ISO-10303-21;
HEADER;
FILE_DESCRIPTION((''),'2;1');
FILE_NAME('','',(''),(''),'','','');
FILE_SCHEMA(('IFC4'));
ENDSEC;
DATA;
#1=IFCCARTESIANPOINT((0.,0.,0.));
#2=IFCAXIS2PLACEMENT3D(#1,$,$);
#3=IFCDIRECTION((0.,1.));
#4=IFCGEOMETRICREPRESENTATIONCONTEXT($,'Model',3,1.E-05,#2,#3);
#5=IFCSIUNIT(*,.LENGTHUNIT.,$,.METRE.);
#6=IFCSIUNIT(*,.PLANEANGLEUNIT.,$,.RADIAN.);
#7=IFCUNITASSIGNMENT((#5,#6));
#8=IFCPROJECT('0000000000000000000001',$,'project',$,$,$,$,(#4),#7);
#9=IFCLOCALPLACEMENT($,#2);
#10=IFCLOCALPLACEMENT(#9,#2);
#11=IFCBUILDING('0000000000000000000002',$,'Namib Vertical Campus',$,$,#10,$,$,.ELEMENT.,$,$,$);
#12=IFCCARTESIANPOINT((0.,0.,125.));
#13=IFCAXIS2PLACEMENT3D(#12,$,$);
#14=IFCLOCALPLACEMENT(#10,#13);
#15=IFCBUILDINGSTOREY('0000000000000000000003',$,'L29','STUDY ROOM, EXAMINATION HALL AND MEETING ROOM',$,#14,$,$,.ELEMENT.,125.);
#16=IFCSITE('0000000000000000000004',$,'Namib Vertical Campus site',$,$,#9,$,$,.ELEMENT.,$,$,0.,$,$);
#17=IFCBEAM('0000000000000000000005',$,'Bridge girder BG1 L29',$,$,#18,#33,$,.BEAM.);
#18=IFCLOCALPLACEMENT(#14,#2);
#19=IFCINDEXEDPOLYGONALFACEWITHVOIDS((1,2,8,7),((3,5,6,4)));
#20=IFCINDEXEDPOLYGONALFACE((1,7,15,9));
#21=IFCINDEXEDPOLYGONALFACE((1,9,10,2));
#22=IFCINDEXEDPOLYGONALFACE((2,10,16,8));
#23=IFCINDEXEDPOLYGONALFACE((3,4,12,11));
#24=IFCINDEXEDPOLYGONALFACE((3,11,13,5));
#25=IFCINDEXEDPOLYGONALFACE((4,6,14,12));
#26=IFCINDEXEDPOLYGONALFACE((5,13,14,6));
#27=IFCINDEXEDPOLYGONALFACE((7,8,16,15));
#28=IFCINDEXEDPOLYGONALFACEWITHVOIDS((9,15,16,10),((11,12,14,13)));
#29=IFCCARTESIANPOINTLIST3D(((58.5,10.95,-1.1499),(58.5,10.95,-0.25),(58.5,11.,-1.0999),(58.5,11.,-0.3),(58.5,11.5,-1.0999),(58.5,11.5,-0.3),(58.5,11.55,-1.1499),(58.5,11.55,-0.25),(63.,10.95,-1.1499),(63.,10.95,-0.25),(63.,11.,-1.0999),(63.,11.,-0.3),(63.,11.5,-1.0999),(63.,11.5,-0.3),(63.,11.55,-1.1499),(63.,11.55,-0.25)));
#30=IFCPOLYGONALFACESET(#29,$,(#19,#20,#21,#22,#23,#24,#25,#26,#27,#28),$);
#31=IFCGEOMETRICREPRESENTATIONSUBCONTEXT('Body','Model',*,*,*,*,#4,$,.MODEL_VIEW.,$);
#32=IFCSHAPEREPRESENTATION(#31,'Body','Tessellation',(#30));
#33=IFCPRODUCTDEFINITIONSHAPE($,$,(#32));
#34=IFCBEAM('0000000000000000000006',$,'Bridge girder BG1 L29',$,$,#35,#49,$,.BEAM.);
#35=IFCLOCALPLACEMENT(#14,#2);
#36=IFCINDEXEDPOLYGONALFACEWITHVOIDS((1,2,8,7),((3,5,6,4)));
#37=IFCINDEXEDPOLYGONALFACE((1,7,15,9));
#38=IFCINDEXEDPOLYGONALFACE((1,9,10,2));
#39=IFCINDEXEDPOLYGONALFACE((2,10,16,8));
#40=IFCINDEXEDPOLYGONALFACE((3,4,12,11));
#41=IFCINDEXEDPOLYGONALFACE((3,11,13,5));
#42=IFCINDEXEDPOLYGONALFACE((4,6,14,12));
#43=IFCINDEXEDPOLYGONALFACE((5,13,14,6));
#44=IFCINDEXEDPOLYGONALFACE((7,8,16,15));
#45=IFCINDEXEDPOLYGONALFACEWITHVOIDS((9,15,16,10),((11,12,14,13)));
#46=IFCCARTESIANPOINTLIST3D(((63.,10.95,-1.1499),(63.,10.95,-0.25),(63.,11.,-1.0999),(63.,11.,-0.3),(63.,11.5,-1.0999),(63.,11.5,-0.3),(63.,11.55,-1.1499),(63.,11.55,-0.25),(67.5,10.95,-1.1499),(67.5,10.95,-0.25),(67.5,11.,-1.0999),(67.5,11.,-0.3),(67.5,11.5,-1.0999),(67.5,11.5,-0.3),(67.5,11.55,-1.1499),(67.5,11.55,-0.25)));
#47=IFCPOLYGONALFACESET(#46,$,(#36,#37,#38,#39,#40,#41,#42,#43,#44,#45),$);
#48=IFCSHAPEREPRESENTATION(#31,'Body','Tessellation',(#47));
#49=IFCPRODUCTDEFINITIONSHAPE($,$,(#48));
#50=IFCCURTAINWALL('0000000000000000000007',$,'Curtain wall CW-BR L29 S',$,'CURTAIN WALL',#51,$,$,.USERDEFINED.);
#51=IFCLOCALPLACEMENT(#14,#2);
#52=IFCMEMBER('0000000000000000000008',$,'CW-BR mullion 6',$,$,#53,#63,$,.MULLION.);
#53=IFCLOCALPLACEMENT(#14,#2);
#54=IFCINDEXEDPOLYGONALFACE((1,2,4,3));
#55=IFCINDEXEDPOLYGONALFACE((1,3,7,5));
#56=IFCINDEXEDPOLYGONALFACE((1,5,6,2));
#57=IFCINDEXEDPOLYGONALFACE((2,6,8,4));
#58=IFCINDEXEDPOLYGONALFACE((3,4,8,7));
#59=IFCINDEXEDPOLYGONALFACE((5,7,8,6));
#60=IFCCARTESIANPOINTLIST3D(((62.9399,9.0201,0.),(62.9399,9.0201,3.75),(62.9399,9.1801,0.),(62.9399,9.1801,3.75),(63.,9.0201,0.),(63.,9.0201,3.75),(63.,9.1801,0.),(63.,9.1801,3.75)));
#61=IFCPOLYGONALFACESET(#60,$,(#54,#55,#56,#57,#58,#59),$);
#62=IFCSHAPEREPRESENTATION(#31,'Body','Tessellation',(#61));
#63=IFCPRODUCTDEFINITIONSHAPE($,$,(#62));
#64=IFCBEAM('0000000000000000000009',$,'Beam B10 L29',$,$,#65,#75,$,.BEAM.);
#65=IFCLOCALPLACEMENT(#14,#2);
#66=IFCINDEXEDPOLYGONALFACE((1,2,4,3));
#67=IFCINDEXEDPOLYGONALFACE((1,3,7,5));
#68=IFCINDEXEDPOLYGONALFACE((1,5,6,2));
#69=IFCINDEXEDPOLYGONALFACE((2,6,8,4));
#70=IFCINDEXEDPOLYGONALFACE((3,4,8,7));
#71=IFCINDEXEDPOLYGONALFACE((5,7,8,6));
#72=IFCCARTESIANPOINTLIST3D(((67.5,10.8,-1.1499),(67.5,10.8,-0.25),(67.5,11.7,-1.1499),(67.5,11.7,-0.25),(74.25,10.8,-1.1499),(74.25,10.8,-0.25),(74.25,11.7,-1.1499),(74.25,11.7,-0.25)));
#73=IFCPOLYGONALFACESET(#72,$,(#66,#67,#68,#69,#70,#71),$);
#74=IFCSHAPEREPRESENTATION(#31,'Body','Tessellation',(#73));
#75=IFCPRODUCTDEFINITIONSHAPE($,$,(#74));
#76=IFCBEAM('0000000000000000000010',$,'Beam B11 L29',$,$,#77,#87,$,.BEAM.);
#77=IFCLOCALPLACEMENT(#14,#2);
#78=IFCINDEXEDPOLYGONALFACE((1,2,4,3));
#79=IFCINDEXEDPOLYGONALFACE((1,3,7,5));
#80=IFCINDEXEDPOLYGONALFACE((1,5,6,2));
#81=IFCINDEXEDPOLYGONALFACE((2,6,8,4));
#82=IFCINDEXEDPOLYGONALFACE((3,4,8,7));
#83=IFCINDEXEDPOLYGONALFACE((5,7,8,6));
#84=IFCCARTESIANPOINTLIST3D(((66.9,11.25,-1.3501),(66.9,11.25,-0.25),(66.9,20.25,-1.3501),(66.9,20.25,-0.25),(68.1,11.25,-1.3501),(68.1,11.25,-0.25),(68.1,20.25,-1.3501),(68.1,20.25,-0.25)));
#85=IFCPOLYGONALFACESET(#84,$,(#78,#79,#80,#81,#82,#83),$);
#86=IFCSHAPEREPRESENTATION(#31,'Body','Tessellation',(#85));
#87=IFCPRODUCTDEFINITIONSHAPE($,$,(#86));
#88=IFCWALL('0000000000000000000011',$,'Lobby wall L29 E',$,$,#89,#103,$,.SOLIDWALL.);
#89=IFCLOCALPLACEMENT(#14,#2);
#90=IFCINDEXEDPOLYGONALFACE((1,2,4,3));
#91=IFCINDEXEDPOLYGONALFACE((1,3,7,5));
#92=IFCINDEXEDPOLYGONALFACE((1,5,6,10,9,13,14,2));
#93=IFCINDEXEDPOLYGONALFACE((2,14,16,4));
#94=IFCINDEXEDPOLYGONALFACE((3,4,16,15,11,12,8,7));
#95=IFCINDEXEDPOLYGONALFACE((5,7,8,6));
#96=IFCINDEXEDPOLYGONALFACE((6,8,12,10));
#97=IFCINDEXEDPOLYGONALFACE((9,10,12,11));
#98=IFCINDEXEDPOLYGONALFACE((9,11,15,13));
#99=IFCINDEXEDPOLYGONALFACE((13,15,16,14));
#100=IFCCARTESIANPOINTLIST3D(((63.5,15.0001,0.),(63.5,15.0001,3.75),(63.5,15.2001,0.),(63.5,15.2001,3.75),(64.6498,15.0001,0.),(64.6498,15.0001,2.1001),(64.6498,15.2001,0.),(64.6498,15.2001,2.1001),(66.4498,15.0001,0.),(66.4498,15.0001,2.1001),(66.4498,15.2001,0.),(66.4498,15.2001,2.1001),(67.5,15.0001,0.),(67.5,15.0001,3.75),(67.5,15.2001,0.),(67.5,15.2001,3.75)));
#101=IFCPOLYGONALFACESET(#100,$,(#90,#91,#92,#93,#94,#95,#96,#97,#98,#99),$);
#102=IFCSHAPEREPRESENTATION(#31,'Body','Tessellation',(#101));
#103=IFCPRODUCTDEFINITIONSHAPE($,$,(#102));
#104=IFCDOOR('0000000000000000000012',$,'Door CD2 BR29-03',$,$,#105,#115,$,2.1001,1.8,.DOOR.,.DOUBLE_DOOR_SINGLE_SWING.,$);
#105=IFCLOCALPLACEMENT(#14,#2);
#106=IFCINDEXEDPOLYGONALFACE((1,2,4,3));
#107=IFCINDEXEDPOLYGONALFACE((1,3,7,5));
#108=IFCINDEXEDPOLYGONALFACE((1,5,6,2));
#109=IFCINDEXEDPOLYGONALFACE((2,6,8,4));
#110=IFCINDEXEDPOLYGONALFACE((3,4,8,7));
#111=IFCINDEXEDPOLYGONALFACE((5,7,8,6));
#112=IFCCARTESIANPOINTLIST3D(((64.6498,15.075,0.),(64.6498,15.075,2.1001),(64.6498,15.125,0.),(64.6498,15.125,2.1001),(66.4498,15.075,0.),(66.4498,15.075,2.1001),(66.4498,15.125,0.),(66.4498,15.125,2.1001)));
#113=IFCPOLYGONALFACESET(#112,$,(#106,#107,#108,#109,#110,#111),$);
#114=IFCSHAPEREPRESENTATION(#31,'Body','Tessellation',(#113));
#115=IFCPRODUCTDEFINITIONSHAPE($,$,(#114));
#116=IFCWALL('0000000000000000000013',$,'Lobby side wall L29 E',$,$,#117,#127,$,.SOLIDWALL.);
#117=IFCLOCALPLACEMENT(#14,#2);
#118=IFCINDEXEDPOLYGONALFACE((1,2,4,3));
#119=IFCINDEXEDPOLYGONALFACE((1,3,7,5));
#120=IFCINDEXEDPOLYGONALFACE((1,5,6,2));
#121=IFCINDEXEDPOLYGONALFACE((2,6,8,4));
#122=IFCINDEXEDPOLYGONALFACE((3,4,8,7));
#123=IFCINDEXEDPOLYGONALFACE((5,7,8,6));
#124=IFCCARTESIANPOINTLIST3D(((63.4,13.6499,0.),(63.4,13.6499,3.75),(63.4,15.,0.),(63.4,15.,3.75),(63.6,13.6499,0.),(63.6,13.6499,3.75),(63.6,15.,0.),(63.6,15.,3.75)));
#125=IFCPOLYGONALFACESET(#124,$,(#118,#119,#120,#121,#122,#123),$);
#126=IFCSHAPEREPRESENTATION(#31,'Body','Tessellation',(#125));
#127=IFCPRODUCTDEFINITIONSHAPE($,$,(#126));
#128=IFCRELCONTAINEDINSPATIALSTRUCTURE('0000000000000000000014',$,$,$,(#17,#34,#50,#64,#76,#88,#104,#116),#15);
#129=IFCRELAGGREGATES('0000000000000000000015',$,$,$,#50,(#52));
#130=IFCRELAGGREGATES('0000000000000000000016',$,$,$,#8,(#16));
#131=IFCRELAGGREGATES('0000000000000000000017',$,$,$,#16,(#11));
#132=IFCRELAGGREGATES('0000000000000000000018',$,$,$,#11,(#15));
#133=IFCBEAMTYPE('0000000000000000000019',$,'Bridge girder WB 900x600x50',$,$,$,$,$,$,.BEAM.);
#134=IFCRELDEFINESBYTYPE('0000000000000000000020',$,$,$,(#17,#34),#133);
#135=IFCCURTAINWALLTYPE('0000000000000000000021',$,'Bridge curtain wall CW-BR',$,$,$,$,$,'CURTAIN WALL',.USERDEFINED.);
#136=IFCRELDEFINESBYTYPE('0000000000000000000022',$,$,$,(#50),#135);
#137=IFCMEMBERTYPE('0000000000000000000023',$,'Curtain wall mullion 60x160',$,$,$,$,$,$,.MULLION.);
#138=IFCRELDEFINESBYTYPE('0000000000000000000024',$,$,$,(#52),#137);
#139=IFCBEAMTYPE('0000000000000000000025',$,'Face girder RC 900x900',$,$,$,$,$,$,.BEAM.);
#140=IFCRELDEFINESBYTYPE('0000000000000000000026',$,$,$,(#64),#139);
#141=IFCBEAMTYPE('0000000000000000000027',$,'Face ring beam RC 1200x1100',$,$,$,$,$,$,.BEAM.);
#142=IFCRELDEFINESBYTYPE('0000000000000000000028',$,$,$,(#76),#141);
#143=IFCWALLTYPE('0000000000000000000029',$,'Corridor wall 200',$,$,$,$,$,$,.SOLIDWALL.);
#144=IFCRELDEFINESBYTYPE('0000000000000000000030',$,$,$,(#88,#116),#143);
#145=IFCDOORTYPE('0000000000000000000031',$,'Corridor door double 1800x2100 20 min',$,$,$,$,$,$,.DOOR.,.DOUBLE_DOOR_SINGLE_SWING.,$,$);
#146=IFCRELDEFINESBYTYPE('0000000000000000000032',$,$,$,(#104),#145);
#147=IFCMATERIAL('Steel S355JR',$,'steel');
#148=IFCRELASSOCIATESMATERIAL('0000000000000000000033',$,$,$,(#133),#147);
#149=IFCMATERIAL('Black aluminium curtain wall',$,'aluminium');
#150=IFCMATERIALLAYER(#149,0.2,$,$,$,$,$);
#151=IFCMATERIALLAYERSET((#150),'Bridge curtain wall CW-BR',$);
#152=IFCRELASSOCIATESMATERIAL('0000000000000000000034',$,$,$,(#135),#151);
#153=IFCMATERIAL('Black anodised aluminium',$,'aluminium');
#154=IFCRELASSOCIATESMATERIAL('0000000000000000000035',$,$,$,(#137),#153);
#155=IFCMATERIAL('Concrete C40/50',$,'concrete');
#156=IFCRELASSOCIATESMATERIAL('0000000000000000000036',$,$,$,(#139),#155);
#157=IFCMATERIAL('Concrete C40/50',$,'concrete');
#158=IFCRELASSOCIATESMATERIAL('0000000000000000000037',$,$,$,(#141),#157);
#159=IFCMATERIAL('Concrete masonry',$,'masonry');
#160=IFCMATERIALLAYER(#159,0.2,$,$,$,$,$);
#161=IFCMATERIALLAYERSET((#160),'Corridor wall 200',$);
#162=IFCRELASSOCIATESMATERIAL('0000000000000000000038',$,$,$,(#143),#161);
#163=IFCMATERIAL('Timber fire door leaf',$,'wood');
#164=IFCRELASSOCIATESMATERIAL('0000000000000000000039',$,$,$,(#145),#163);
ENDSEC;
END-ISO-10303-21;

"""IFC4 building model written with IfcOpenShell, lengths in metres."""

from ifc_helpers import new_model, si_unit, direction, frame, frame_2d, origin, origin_2d, place, context, subcontext, project, spatial, rectangle, hollow_rectangle, extrude, material, layer, layer_set, material_profile, profile_set, type_object, element, fill, aggregate, save


model = new_model("IFC4")

# Units and contexts
model_context = context("Model", 3, precision=1e-05, world=origin(), true_north=direction((0.0, 1.0)))
body_context = subcontext(model_context, "Body", "Model", "MODEL_VIEW")
ifc_project = project(units=[si_unit("LENGTHUNIT", "METRE"), si_unit("PLANEANGLEUNIT", "RADIAN")], contexts=[model_context])

# Site, building, storey
site_placement = place(None, origin())
site = spatial("IfcSite", under=ifc_project, at=site_placement, Name="Namib Vertical Campus site", CompositionType="ELEMENT", RefElevation=0.0)
building_placement = place(site_placement, origin())
building = spatial("IfcBuilding", under=site, at=building_placement, Name="Namib Vertical Campus", CompositionType="ELEMENT")
storey_placement = place(building_placement, frame((0.0, 0.0, 125.0)))
storey = spatial("IfcBuildingStorey", under=building, at=storey_placement, Name="L29", Description="STUDY ROOM, EXAMINATION HALL AND MEETING ROOM", CompositionType="ELEMENT", Elevation=125.0)

# Beams
ifc_material_1 = material(Name="Steel S355JR", Category="steel")
ifc_material_profile_1 = material_profile(ifc_material_1, hollow_rectangle(XDim=0.6001, YDim=0.8999, WallThickness=0.05, at=origin_2d()))
ifc_profile_set_1 = profile_set([ifc_material_profile_1], Name="Steel S355JR")
beam_type_1 = type_object("IfcBeamType", Name="Bridge girder WB 900x600x50", PredefinedType="BEAM", material=ifc_profile_set_1)
for number, where, z_axis, x_axis, name in (
    (1, (58.5, 11.25, -0.7), (1.0, 0.0, 0.0), (0.0, 1.0, 0.0), "Bridge girder BG1 L29"),
    (2, (63.0, 11.25, -0.7), (1.0, 0.0, 0.0), (0.0, 1.0, 0.0), "Bridge girder BG1 L29"),
):
    element("IfcBeam", number, at=place(storey_placement, frame(where, z_axis=z_axis, x_axis=x_axis)), inside=storey, type_object=beam_type_1, Name=name, PredefinedType="BEAM", context=body_context, shape_type="SweptSolid", body=[
        extrude(hollow_rectangle(XDim=0.6001, YDim=0.8999, WallThickness=0.05, at=origin_2d()), origin(), (0.0, 0.0, 1.0), 4.5),
    ])

# Curtain wall, member
ifc_material_2 = material(Name="Black aluminium curtain wall", Category="aluminium")
ifc_layer_1 = layer(ifc_material_2, 0.2)
ifc_layer_set_1 = layer_set([ifc_layer_1], Name="Bridge curtain wall CW-BR")
curtain_wall_type = type_object("IfcCurtainWallType", Name="Bridge curtain wall CW-BR", ElementType="CURTAIN WALL", PredefinedType="USERDEFINED", material=ifc_layer_set_1)
curtain_wall_placement = place(storey_placement, origin())
curtain_wall = element("IfcCurtainWall", 3, at=curtain_wall_placement, inside=storey, type_object=curtain_wall_type, Name="Curtain wall CW-BR L29 S", ObjectType="CURTAIN WALL", PredefinedType="USERDEFINED")
ifc_material_3 = material(Name="Black anodised aluminium", Category="aluminium")
ifc_material_profile_2 = material_profile(ifc_material_3, rectangle(XDim=0.0601, YDim=0.1599, at=origin_2d()))
ifc_profile_set_2 = profile_set([ifc_material_profile_2], Name="Black anodised aluminium")
member_type_1 = type_object("IfcMemberType", Name="Curtain wall mullion 60x160", PredefinedType="MULLION", material=ifc_profile_set_2)
member_placement = place(storey_placement, frame((62.97, 9.1001, 0.0), z_axis=(0.0, 0.0, 1.0), x_axis=(1.0, 0.0, 0.0)))
member = element("IfcMember", 4, at=member_placement, type_object=member_type_1, Name="CW-BR mullion 6", PredefinedType="MULLION", context=body_context, shape_type="SweptSolid", body=[
    extrude(rectangle(XDim=0.0601, YDim=0.1599, at=origin_2d()), origin(), (0.0, 0.0, 1.0), 3.75),
])
aggregate(curtain_wall, [member])

# Beams
ifc_material_4 = material(Name="Concrete C40/50", Category="concrete")
ifc_material_profile_3 = material_profile(ifc_material_4, rectangle(XDim=0.8999, YDim=0.8999, at=origin_2d()))
ifc_profile_set_3 = profile_set([ifc_material_profile_3], Name="Concrete C40/50")
beam_type_2 = type_object("IfcBeamType", Name="Face girder RC 900x900", PredefinedType="BEAM", material=ifc_profile_set_3)
beam_1_placement = place(storey_placement, frame((67.5, 11.25, -0.7), z_axis=(1.0, 0.0, 0.0), x_axis=(0.0, 1.0, 0.0)))
element("IfcBeam", 5, at=beam_1_placement, inside=storey, type_object=beam_type_2, Name="Beam B10 L29", PredefinedType="BEAM", context=body_context, shape_type="SweptSolid", body=[
    extrude(rectangle(XDim=0.8999, YDim=0.8999, at=origin_2d()), origin(), (0.0, 0.0, 1.0), 6.75),
])
ifc_material_5 = material(Name="Concrete C40/50", Category="concrete")
ifc_material_profile_4 = material_profile(ifc_material_5, rectangle(XDim=1.2, YDim=1.1001, at=origin_2d()))
ifc_profile_set_4 = profile_set([ifc_material_profile_4], Name="Concrete C40/50")
beam_type_3 = type_object("IfcBeamType", Name="Face ring beam RC 1200x1100", PredefinedType="BEAM", material=ifc_profile_set_4)
beam_2_placement = place(storey_placement, frame((67.5, 11.25, -0.8), z_axis=(0.0, 1.0, 0.0), x_axis=(-1.0, 0.0, 0.0)))
element("IfcBeam", 6, at=beam_2_placement, inside=storey, type_object=beam_type_3, Name="Beam B11 L29", PredefinedType="BEAM", context=body_context, shape_type="SweptSolid", body=[
    extrude(rectangle(XDim=1.2, YDim=1.1001, at=origin_2d()), origin(), (0.0, 0.0, 1.0), 9.0),
])

# Wall, opening, door
ifc_material_6 = material(Name="Concrete masonry", Category="masonry")
ifc_layer_2 = layer(ifc_material_6, 0.2)
ifc_layer_set_2 = layer_set([ifc_layer_2], Name="Corridor wall 200")
wall_type = type_object("IfcWallType", Name="Corridor wall 200", PredefinedType="SOLIDWALL", material=ifc_layer_set_2)
wall_1_placement = place(storey_placement, frame((63.5, 15.1001, 0.0), z_axis=(0.0, 0.0, 1.0), x_axis=(1.0, 0.0, 0.0)))
wall_1 = element("IfcWall", 7, at=wall_1_placement, inside=storey, type_object=wall_type, Name="Lobby wall L29 E", PredefinedType="SOLIDWALL", context=body_context, shape_type="SweptSolid", body=[
    extrude(rectangle(XDim=4.0, YDim=0.2, at=frame_2d((2.0, 0.0))), origin(), (0.0, 0.0, 1.0), 3.75),
])
opening_placement = place(wall_1_placement, frame((1.1499, 0.0, 0.0)))
opening = element("IfcOpeningElement", 8, at=opening_placement, cuts=wall_1, PredefinedType="OPENING", context=body_context, shape_type="SweptSolid", body=[
    extrude(rectangle(XDim=1.8, YDim=2.1001, at=frame_2d((0.8999, 1.05))), frame((0.0, 0.1099, 0.0), z_axis=(0.0, -1.0, 0.0), x_axis=(1.0, 0.0, 0.0)), (0.0, 0.0, 1.0), 0.22),
])
ifc_material_7 = material(Name="Timber fire door leaf", Category="wood")
door_type = type_object("IfcDoorType", Name="Corridor door double 1800x2100 20 min", OperationType="DOUBLE_DOOR_SINGLE_SWING", PredefinedType="DOOR", material=ifc_material_7)
door_placement = place(opening_placement, origin())
door = element("IfcDoor", 9, at=door_placement, inside=storey, type_object=door_type, Name="Door CD2 BR29-03", OperationType="DOUBLE_DOOR_SINGLE_SWING", OverallHeight=2.1001, OverallWidth=1.8, PredefinedType="DOOR", context=body_context, shape_type="SweptSolid", body=[
    extrude(rectangle(XDim=1.8, YDim=2.1001, at=frame_2d((0.8999, 1.05))), frame((0.0, 0.0249, 0.0), z_axis=(0.0, -1.0, 0.0), x_axis=(1.0, 0.0, 0.0)), (0.0, 0.0, 1.0), 0.05),
])
fill(opening, door)

# Wall
wall_2_placement = place(storey_placement, frame((63.5, 13.6499, 0.0), z_axis=(0.0, 0.0, 1.0), x_axis=(0.0, 1.0, 0.0)))
element("IfcWall", 10, at=wall_2_placement, inside=storey, type_object=wall_type, Name="Lobby side wall L29 E", PredefinedType="SOLIDWALL", context=body_context, shape_type="SweptSolid", body=[
    extrude(rectangle(XDim=1.3501, YDim=0.2, at=frame_2d((0.675, 0.0))), origin(), (0.0, 0.0, 1.0), 3.75),
])

save(model, "model.ifc")
